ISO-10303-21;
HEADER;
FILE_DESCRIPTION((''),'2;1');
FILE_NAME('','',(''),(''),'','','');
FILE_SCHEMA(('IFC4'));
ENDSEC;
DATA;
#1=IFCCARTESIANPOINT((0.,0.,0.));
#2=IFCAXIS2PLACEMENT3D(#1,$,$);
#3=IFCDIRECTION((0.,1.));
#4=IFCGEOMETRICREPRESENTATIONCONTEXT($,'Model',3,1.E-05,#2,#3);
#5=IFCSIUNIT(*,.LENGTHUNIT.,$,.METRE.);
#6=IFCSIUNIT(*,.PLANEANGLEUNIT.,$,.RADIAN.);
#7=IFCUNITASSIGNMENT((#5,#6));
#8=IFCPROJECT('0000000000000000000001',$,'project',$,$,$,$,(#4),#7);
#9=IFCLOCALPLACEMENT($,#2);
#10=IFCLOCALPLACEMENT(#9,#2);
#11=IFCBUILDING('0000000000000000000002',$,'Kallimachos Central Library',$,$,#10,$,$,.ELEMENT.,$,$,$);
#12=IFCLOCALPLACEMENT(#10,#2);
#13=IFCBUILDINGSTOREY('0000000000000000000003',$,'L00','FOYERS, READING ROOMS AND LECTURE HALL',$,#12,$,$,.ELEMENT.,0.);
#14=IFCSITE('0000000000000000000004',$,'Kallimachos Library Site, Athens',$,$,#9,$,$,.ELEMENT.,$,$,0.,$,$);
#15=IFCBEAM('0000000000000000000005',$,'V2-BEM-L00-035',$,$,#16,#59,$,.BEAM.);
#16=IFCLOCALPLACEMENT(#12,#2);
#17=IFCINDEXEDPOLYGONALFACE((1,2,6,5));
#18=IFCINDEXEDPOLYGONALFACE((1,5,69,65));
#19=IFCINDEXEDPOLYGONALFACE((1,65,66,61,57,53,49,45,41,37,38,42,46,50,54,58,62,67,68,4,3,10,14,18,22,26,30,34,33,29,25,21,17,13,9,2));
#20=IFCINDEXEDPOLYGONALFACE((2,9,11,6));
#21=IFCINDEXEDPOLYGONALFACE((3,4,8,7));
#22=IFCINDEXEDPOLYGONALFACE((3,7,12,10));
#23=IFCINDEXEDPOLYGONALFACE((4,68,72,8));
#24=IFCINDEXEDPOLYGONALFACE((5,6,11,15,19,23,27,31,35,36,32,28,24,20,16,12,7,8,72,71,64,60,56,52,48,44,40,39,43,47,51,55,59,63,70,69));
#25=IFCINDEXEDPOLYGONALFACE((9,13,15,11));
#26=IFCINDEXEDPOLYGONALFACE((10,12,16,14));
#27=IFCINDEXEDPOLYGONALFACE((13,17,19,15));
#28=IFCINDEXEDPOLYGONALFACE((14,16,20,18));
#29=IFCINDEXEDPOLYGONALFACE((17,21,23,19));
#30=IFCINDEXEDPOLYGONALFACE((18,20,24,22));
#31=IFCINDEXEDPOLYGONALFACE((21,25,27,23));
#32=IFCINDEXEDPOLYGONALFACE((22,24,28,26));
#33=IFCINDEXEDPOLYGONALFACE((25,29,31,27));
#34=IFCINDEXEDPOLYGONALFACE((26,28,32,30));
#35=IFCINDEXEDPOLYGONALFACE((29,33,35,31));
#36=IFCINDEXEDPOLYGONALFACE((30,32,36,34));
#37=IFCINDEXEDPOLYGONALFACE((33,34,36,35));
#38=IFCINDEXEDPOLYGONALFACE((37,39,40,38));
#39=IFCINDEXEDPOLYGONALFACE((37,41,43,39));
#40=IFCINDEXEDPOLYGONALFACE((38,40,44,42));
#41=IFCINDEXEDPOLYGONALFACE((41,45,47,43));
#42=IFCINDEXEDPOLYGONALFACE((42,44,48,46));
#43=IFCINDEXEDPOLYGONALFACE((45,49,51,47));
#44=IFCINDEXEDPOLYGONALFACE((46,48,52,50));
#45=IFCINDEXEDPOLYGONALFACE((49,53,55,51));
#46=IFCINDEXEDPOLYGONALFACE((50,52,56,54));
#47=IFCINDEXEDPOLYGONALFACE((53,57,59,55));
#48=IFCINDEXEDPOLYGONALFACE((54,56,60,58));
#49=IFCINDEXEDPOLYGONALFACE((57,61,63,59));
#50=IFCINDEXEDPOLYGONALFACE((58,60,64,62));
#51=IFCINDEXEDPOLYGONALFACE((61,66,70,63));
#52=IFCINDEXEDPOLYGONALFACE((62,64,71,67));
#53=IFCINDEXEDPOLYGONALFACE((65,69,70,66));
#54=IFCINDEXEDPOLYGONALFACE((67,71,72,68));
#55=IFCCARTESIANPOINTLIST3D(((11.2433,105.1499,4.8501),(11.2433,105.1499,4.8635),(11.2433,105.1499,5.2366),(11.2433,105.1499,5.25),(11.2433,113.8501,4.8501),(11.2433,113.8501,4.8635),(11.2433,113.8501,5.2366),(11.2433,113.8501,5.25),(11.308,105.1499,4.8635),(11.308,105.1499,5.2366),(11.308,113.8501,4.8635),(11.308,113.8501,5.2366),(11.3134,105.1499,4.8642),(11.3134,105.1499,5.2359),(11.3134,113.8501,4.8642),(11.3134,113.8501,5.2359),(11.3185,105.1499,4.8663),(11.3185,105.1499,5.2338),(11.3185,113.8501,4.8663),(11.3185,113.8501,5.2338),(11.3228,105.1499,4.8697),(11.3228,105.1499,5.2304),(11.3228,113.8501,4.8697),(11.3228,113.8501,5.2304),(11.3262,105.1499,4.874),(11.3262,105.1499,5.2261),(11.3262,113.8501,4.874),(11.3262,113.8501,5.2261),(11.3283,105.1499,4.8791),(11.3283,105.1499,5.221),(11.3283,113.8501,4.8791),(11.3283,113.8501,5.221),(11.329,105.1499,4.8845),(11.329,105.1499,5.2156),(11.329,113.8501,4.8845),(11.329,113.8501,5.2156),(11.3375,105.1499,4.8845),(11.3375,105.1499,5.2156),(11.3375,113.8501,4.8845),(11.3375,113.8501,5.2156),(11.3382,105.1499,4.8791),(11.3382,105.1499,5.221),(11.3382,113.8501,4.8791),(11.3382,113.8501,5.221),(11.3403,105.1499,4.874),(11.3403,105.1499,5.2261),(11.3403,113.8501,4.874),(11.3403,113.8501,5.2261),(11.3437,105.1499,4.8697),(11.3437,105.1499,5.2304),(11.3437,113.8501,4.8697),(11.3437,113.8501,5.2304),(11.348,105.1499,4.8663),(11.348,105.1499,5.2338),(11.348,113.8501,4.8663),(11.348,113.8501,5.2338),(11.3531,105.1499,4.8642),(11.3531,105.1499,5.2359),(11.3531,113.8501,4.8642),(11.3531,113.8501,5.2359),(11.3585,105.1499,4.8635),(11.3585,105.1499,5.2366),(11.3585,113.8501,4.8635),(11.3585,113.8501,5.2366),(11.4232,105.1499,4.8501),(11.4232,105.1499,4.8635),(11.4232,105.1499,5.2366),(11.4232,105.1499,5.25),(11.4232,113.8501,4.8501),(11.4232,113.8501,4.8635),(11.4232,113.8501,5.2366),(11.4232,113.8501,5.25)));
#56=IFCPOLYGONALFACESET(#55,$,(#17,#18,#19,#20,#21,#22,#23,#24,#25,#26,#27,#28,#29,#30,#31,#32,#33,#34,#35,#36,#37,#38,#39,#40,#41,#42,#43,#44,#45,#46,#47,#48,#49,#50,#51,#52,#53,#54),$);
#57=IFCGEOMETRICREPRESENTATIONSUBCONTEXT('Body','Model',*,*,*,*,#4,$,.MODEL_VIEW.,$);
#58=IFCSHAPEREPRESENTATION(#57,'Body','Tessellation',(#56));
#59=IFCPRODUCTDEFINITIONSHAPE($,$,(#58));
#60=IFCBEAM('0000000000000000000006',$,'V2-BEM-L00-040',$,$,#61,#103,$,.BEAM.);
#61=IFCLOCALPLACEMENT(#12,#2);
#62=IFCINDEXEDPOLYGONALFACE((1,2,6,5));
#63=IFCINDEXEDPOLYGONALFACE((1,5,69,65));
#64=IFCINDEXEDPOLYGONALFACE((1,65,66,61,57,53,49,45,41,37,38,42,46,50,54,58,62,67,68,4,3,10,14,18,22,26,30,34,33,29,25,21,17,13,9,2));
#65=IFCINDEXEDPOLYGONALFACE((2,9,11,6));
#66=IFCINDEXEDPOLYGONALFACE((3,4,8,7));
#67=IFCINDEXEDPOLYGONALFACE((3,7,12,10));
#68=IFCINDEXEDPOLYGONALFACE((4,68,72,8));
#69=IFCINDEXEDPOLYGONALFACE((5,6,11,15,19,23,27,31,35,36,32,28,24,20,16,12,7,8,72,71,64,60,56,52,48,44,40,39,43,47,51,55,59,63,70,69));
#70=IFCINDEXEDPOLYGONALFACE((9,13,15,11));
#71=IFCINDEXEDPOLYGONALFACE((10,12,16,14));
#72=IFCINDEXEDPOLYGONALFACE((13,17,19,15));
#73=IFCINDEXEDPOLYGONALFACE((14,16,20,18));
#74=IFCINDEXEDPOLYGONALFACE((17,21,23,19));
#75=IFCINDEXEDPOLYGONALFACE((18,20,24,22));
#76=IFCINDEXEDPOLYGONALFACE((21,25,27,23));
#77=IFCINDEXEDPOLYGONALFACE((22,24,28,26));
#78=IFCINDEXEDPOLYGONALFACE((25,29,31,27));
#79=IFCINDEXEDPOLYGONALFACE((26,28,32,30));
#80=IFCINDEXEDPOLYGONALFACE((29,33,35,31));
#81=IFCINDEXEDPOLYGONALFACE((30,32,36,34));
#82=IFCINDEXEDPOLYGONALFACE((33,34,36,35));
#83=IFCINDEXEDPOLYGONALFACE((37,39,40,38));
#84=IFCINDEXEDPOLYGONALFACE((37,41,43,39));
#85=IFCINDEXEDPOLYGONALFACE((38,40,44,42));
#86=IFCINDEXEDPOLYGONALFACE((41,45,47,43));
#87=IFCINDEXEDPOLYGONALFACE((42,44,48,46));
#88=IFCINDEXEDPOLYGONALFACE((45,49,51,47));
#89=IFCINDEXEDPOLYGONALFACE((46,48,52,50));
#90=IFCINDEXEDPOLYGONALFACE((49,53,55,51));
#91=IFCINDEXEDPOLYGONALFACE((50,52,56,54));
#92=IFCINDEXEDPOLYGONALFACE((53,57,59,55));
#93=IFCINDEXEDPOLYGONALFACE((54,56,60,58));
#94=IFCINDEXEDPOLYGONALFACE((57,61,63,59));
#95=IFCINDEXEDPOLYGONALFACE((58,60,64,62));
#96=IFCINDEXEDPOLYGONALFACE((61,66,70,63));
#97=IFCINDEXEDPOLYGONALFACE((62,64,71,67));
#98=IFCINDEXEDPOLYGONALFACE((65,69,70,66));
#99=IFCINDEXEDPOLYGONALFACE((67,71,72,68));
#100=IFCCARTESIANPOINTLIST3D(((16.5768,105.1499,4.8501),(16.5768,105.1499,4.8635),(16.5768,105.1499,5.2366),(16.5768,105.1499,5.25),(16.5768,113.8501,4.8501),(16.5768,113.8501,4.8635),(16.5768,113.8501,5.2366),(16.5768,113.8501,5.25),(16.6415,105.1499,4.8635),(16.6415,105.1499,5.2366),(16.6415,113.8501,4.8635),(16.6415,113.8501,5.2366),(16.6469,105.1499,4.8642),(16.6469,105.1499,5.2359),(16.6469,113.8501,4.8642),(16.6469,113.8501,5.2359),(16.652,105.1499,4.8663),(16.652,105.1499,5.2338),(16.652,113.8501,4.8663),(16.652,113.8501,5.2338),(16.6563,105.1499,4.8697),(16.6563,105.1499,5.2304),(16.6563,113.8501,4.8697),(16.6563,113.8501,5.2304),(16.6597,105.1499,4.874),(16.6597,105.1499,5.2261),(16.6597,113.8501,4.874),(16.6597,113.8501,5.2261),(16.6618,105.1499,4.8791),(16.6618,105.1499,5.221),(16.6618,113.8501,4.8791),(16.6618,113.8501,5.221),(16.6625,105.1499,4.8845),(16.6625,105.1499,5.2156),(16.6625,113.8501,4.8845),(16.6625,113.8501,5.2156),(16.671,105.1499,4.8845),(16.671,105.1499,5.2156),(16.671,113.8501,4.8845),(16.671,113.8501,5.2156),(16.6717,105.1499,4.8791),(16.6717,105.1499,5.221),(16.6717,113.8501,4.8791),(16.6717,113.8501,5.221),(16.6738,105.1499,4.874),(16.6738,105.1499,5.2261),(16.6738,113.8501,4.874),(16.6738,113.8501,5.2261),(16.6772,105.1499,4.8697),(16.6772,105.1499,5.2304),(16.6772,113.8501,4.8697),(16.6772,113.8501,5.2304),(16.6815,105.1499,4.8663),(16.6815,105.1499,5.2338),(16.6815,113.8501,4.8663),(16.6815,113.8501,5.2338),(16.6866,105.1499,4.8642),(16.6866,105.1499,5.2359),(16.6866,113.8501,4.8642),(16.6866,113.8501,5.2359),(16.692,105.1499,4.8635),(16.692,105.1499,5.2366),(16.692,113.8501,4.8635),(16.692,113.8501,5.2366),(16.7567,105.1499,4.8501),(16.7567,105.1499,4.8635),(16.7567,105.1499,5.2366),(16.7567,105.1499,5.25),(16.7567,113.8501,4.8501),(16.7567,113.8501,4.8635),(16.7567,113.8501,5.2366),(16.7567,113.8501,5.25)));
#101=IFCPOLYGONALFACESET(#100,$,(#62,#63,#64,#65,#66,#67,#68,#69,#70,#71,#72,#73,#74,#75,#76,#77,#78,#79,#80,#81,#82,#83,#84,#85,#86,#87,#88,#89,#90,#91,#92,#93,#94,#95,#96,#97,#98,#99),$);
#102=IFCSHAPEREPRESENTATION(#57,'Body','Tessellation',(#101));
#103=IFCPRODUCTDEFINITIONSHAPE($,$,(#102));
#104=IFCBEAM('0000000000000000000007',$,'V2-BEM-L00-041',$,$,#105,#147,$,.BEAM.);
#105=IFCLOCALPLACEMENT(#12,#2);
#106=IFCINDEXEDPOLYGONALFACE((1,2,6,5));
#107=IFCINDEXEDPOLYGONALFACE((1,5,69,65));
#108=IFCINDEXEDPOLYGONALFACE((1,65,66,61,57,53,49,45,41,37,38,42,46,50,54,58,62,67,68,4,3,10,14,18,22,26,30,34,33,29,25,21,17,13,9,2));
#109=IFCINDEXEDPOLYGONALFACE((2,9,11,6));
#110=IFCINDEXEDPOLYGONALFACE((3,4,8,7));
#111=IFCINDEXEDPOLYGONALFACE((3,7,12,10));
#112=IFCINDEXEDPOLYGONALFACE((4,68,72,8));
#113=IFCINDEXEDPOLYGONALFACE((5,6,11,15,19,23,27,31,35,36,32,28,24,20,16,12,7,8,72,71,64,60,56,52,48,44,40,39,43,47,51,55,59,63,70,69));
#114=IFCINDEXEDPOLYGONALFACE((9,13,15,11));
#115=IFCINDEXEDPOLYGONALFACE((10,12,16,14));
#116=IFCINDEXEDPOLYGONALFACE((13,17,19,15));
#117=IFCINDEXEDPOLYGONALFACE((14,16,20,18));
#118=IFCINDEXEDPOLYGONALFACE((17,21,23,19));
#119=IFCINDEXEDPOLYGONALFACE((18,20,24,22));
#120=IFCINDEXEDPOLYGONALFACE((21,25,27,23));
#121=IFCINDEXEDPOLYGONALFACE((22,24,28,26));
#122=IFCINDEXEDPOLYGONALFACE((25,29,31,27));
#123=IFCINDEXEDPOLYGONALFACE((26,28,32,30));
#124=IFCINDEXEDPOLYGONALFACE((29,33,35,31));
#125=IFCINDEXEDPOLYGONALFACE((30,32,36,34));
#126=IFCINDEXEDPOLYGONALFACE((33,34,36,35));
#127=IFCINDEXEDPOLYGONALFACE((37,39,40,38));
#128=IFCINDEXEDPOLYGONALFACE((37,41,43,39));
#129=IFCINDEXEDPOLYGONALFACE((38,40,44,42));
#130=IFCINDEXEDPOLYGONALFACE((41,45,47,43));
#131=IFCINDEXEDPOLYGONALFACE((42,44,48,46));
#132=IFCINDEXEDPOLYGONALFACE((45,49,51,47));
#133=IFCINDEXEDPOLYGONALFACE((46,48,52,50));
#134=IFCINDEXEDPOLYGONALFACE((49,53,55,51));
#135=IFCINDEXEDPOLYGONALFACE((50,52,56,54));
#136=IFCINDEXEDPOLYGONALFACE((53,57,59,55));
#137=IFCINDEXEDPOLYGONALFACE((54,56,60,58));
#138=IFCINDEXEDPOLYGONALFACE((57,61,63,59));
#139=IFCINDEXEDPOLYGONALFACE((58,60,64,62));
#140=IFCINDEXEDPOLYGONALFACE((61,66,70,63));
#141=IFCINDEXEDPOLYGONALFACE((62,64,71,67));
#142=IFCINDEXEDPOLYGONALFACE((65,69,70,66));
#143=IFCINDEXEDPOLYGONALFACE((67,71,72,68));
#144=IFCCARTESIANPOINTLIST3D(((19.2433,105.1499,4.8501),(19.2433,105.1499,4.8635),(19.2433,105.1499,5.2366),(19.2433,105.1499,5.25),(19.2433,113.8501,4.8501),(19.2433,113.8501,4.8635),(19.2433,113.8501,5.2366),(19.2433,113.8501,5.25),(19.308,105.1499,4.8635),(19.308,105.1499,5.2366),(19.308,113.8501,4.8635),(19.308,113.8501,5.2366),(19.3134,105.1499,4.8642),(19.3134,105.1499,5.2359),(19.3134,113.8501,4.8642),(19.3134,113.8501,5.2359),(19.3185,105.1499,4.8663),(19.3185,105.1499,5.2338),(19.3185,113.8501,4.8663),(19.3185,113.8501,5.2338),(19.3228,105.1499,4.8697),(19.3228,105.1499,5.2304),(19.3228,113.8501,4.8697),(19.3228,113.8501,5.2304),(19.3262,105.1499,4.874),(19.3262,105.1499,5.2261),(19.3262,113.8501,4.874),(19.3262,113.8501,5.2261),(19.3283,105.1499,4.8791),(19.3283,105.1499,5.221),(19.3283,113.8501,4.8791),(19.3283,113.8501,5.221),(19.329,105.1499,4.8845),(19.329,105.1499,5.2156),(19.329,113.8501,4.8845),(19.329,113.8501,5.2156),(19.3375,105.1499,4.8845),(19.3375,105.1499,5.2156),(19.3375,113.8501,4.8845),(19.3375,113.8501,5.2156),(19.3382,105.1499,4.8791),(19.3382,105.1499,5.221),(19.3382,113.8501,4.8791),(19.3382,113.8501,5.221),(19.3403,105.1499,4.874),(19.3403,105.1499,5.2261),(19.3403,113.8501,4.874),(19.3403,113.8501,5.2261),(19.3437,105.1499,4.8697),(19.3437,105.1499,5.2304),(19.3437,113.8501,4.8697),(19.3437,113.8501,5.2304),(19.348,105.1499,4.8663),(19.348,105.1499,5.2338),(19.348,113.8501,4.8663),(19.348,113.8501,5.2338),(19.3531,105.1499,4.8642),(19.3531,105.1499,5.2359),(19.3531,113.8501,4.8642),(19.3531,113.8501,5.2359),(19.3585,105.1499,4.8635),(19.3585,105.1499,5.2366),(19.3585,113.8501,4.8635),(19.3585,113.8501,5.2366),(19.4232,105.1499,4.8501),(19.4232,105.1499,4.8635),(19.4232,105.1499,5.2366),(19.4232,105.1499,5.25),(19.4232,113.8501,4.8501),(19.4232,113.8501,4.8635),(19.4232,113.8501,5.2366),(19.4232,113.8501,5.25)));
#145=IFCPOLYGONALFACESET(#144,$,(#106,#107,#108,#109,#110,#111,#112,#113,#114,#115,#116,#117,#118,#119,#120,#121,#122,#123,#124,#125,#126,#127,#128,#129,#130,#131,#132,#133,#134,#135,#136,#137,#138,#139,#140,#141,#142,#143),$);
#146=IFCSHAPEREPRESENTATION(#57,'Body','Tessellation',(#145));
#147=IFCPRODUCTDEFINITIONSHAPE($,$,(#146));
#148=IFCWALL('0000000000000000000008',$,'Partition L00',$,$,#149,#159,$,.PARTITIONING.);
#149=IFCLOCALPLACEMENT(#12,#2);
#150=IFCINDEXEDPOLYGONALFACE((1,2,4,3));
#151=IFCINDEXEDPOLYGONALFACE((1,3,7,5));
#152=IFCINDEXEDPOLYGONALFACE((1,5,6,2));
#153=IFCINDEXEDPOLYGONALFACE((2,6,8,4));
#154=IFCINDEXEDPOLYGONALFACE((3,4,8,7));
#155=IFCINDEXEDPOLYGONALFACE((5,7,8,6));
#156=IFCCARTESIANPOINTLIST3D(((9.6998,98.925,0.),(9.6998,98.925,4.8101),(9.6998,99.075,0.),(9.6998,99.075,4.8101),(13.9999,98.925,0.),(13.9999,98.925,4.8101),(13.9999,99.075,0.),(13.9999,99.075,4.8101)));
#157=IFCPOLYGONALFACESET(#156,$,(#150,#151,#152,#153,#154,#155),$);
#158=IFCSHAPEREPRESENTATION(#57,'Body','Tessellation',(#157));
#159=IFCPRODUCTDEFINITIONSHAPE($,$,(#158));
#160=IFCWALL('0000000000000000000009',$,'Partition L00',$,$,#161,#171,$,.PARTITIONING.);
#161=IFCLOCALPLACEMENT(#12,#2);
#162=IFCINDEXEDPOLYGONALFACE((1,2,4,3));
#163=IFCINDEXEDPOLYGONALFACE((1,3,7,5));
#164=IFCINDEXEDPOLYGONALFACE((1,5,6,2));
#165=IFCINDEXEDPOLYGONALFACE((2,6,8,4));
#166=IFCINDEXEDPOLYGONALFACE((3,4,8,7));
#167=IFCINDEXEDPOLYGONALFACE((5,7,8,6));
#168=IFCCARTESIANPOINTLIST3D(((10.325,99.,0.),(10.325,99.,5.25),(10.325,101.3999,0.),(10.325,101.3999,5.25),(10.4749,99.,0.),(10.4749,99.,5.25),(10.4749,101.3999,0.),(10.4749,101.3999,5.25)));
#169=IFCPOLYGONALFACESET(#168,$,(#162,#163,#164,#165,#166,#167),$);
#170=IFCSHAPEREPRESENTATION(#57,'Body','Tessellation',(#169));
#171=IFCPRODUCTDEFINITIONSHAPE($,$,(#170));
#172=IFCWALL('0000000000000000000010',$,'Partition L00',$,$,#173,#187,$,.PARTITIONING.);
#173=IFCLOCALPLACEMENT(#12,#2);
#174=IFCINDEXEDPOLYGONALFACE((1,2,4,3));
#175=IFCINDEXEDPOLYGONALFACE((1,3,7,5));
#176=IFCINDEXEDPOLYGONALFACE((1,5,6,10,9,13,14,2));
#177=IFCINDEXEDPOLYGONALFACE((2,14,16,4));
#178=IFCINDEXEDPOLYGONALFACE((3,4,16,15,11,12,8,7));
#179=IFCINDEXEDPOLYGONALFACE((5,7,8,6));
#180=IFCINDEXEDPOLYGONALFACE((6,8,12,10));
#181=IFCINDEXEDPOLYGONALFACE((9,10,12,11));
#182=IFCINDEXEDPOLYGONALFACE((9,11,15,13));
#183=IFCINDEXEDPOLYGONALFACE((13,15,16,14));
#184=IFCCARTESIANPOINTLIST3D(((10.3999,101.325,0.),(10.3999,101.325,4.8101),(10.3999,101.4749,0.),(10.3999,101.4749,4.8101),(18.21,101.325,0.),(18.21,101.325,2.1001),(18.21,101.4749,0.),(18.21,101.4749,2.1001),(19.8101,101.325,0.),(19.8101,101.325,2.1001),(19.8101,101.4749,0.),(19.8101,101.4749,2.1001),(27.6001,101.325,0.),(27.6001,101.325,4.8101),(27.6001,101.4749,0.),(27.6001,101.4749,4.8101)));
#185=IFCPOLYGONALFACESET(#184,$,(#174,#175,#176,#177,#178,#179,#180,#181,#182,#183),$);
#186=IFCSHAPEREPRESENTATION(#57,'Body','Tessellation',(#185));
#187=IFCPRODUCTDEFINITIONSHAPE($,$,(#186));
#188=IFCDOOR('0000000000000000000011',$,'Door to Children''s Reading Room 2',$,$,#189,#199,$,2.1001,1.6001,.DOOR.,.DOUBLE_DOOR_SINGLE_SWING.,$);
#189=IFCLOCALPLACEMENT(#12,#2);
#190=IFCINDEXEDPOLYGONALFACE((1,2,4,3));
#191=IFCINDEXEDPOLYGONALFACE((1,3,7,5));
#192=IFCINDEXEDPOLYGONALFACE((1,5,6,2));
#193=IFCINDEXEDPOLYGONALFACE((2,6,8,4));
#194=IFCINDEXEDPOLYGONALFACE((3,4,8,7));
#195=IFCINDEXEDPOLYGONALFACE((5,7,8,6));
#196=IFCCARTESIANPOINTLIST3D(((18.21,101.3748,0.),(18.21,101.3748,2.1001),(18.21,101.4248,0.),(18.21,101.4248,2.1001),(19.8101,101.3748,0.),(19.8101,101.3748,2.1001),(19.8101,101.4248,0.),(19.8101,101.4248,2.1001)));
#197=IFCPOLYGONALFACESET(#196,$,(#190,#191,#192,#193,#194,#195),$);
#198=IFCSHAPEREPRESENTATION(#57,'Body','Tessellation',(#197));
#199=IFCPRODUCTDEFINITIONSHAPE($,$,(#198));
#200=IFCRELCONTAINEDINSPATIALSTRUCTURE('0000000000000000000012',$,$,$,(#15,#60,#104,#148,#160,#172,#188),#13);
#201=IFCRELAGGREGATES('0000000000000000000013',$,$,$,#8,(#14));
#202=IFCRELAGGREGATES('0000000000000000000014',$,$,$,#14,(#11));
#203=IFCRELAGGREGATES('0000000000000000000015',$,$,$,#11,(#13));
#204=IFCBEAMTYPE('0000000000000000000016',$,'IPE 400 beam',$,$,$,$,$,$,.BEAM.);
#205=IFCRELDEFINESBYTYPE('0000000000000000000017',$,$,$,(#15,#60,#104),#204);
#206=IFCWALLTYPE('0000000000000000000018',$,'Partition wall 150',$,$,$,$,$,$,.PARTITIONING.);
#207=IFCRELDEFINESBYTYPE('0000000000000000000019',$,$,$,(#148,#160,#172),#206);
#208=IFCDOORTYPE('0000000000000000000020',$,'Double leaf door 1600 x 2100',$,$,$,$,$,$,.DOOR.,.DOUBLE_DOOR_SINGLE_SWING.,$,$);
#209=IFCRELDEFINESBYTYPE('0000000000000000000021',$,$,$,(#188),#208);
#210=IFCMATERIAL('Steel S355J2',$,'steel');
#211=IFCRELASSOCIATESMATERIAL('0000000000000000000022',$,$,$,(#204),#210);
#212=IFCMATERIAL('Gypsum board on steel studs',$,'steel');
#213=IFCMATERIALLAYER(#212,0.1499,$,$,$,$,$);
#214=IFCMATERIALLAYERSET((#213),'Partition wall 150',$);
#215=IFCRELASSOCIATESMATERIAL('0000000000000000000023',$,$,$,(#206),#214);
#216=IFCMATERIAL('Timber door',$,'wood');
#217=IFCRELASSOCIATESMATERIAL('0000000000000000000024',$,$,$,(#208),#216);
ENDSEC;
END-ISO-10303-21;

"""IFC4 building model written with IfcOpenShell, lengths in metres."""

from ifc_helpers import new_model, si_unit, direction, frame, frame_2d, origin, origin_2d, place, context, subcontext, project, spatial, rectangle, i_section, extrude, material, layer, layer_set, material_profile, profile_set, type_object, element, fill, save


model = new_model("IFC4")

# Units and contexts
model_context = context("Model", 3, precision=1e-05, world=origin(), true_north=direction((0.0, 1.0)))
body_context = subcontext(model_context, "Body", "Model", "MODEL_VIEW")
ifc_project = project(units=[si_unit("LENGTHUNIT", "METRE"), si_unit("PLANEANGLEUNIT", "RADIAN")], contexts=[model_context])

# Site, building, storey
site_placement = place(None, origin())
site = spatial("IfcSite", under=ifc_project, at=site_placement, Name="Kallimachos Library Site, Athens", CompositionType="ELEMENT", RefElevation=0.0)
building_placement = place(site_placement, origin())
building = spatial("IfcBuilding", under=site, at=building_placement, Name="Kallimachos Central Library", CompositionType="ELEMENT")
storey_placement = place(building_placement, origin())
storey = spatial("IfcBuildingStorey", under=building, at=storey_placement, Name="L00", Description="FOYERS, READING ROOMS AND LECTURE HALL", CompositionType="ELEMENT", Elevation=0.0)

# Beams
ifc_material_1 = material(Name="Steel S355J2", Category="steel")
ifc_material_profile_1 = material_profile(ifc_material_1, i_section(OverallWidth=0.1799, OverallDepth=0.3999, WebThickness=0.0085, FlangeThickness=0.0134, FilletRadius=0.021, at=origin_2d()), Name="IPE 400")
ifc_profile_set_1 = profile_set([ifc_material_profile_1], Name="Steel S355J2")
beam_type_1 = type_object("IfcBeamType", Name="IPE 400 beam", PredefinedType="BEAM", material=ifc_profile_set_1)
for number, where, z_axis, x_axis, name in (
    (1, (11.3333, 105.1499, 5.05), (0.0, 1.0, 0.0), (-1.0, 0.0, 0.0), "V2-BEM-L00-035"),
    (2, (16.6667, 105.1499, 5.05), (0.0, 1.0, 0.0), (-1.0, 0.0, 0.0), "V2-BEM-L00-040"),
    (3, (19.3333, 105.1499, 5.05), (0.0, 1.0, 0.0), (-1.0, 0.0, 0.0), "V2-BEM-L00-041"),
):
    element("IfcBeam", number, at=place(storey_placement, frame(where, z_axis=z_axis, x_axis=x_axis)), inside=storey, type_object=beam_type_1, Name=name, PredefinedType="BEAM", context=body_context, shape_type="SweptSolid", body=[
        extrude(i_section(OverallWidth=0.1799, OverallDepth=0.3999, WebThickness=0.0085, FlangeThickness=0.0134, FilletRadius=0.021, at=origin_2d()), origin(), (0.0, 0.0, 1.0), 8.7002),
    ])

# Walls
ifc_material_2 = material(Name="Gypsum board on steel studs", Category="steel")
ifc_layer_1 = layer(ifc_material_2, 0.1499)
ifc_layer_set_1 = layer_set([ifc_layer_1], Name="Partition wall 150")
wall_type_1 = type_object("IfcWallType", Name="Partition wall 150", PredefinedType="PARTITIONING", material=ifc_layer_set_1)
wall_1_placement = place(storey_placement, frame((9.7, 99.0, 0.0), z_axis=(0.0, 0.0, 1.0), x_axis=(1.0, 0.0, 0.0)))
element("IfcWall", 4, at=wall_1_placement, inside=storey, type_object=wall_type_1, Name="Partition L00", PredefinedType="PARTITIONING", context=body_context, shape_type="SweptSolid", body=[
    extrude(rectangle(XDim=4.3, YDim=0.1499, at=frame_2d((2.1499, 0.0))), origin(), (0.0, 0.0, 1.0), 4.8101),
])
wall_2_placement = place(storey_placement, frame((10.3999, 99.0, 0.0), z_axis=(0.0, 0.0, 1.0), x_axis=(0.0, 1.0, 0.0)))
element("IfcWall", 5, at=wall_2_placement, inside=storey, type_object=wall_type_1, Name="Partition L00", PredefinedType="PARTITIONING", context=body_context, shape_type="SweptSolid", body=[
    extrude(rectangle(XDim=2.3999, YDim=0.1499, at=frame_2d((1.2, 0.0))), origin(), (0.0, 0.0, 1.0), 5.25),
])

# Wall, opening, door
wall_3_placement = place(storey_placement, frame((10.3999, 101.3999, 0.0), z_axis=(0.0, 0.0, 1.0), x_axis=(1.0, 0.0, 0.0)))
wall_3 = element("IfcWall", 6, at=wall_3_placement, inside=storey, type_object=wall_type_1, Name="Partition L00", PredefinedType="PARTITIONING", context=body_context, shape_type="SweptSolid", body=[
    extrude(rectangle(XDim=17.2002, YDim=0.1499, at=frame_2d((8.6001, 0.0))), origin(), (0.0, 0.0, 1.0), 4.8101),
])
opening_1_placement = place(wall_3_placement, frame((7.8101, 0.0, 0.0)))
opening_1 = element("IfcOpeningElement", 7, at=opening_1_placement, cuts=wall_3, PredefinedType="OPENING", context=body_context, shape_type="SweptSolid", body=[
    extrude(rectangle(XDim=1.6001, YDim=2.1001, at=frame_2d((0.8, 1.05))), frame((0.0, 0.085, 0.0), z_axis=(0.0, -1.0, 0.0), x_axis=(1.0, 0.0, 0.0)), (0.0, 0.0, 1.0), 0.1699),
])
ifc_material_3 = material(Name="Timber door", Category="wood")
door_type_1 = type_object("IfcDoorType", Name="Double leaf door 1600 x 2100", OperationType="DOUBLE_DOOR_SINGLE_SWING", PredefinedType="DOOR", material=ifc_material_3)
door_1_placement = place(opening_1_placement, origin())
door_1 = element("IfcDoor", 8, at=door_1_placement, inside=storey, type_object=door_type_1, Name="Door to Children's Reading Room 2", OperationType="DOUBLE_DOOR_SINGLE_SWING", OverallHeight=2.1001, OverallWidth=1.6001, PredefinedType="DOOR", context=body_context, shape_type="SweptSolid", body=[
    extrude(rectangle(XDim=1.6001, YDim=2.1001, at=frame_2d((0.8, 1.05))), frame((0.0, 0.0249, 0.0), z_axis=(0.0, -1.0, 0.0), x_axis=(1.0, 0.0, 0.0)), (0.0, 0.0, 1.0), 0.05),
])
fill(opening_1, door_1)

save(model, "model.ifc")
